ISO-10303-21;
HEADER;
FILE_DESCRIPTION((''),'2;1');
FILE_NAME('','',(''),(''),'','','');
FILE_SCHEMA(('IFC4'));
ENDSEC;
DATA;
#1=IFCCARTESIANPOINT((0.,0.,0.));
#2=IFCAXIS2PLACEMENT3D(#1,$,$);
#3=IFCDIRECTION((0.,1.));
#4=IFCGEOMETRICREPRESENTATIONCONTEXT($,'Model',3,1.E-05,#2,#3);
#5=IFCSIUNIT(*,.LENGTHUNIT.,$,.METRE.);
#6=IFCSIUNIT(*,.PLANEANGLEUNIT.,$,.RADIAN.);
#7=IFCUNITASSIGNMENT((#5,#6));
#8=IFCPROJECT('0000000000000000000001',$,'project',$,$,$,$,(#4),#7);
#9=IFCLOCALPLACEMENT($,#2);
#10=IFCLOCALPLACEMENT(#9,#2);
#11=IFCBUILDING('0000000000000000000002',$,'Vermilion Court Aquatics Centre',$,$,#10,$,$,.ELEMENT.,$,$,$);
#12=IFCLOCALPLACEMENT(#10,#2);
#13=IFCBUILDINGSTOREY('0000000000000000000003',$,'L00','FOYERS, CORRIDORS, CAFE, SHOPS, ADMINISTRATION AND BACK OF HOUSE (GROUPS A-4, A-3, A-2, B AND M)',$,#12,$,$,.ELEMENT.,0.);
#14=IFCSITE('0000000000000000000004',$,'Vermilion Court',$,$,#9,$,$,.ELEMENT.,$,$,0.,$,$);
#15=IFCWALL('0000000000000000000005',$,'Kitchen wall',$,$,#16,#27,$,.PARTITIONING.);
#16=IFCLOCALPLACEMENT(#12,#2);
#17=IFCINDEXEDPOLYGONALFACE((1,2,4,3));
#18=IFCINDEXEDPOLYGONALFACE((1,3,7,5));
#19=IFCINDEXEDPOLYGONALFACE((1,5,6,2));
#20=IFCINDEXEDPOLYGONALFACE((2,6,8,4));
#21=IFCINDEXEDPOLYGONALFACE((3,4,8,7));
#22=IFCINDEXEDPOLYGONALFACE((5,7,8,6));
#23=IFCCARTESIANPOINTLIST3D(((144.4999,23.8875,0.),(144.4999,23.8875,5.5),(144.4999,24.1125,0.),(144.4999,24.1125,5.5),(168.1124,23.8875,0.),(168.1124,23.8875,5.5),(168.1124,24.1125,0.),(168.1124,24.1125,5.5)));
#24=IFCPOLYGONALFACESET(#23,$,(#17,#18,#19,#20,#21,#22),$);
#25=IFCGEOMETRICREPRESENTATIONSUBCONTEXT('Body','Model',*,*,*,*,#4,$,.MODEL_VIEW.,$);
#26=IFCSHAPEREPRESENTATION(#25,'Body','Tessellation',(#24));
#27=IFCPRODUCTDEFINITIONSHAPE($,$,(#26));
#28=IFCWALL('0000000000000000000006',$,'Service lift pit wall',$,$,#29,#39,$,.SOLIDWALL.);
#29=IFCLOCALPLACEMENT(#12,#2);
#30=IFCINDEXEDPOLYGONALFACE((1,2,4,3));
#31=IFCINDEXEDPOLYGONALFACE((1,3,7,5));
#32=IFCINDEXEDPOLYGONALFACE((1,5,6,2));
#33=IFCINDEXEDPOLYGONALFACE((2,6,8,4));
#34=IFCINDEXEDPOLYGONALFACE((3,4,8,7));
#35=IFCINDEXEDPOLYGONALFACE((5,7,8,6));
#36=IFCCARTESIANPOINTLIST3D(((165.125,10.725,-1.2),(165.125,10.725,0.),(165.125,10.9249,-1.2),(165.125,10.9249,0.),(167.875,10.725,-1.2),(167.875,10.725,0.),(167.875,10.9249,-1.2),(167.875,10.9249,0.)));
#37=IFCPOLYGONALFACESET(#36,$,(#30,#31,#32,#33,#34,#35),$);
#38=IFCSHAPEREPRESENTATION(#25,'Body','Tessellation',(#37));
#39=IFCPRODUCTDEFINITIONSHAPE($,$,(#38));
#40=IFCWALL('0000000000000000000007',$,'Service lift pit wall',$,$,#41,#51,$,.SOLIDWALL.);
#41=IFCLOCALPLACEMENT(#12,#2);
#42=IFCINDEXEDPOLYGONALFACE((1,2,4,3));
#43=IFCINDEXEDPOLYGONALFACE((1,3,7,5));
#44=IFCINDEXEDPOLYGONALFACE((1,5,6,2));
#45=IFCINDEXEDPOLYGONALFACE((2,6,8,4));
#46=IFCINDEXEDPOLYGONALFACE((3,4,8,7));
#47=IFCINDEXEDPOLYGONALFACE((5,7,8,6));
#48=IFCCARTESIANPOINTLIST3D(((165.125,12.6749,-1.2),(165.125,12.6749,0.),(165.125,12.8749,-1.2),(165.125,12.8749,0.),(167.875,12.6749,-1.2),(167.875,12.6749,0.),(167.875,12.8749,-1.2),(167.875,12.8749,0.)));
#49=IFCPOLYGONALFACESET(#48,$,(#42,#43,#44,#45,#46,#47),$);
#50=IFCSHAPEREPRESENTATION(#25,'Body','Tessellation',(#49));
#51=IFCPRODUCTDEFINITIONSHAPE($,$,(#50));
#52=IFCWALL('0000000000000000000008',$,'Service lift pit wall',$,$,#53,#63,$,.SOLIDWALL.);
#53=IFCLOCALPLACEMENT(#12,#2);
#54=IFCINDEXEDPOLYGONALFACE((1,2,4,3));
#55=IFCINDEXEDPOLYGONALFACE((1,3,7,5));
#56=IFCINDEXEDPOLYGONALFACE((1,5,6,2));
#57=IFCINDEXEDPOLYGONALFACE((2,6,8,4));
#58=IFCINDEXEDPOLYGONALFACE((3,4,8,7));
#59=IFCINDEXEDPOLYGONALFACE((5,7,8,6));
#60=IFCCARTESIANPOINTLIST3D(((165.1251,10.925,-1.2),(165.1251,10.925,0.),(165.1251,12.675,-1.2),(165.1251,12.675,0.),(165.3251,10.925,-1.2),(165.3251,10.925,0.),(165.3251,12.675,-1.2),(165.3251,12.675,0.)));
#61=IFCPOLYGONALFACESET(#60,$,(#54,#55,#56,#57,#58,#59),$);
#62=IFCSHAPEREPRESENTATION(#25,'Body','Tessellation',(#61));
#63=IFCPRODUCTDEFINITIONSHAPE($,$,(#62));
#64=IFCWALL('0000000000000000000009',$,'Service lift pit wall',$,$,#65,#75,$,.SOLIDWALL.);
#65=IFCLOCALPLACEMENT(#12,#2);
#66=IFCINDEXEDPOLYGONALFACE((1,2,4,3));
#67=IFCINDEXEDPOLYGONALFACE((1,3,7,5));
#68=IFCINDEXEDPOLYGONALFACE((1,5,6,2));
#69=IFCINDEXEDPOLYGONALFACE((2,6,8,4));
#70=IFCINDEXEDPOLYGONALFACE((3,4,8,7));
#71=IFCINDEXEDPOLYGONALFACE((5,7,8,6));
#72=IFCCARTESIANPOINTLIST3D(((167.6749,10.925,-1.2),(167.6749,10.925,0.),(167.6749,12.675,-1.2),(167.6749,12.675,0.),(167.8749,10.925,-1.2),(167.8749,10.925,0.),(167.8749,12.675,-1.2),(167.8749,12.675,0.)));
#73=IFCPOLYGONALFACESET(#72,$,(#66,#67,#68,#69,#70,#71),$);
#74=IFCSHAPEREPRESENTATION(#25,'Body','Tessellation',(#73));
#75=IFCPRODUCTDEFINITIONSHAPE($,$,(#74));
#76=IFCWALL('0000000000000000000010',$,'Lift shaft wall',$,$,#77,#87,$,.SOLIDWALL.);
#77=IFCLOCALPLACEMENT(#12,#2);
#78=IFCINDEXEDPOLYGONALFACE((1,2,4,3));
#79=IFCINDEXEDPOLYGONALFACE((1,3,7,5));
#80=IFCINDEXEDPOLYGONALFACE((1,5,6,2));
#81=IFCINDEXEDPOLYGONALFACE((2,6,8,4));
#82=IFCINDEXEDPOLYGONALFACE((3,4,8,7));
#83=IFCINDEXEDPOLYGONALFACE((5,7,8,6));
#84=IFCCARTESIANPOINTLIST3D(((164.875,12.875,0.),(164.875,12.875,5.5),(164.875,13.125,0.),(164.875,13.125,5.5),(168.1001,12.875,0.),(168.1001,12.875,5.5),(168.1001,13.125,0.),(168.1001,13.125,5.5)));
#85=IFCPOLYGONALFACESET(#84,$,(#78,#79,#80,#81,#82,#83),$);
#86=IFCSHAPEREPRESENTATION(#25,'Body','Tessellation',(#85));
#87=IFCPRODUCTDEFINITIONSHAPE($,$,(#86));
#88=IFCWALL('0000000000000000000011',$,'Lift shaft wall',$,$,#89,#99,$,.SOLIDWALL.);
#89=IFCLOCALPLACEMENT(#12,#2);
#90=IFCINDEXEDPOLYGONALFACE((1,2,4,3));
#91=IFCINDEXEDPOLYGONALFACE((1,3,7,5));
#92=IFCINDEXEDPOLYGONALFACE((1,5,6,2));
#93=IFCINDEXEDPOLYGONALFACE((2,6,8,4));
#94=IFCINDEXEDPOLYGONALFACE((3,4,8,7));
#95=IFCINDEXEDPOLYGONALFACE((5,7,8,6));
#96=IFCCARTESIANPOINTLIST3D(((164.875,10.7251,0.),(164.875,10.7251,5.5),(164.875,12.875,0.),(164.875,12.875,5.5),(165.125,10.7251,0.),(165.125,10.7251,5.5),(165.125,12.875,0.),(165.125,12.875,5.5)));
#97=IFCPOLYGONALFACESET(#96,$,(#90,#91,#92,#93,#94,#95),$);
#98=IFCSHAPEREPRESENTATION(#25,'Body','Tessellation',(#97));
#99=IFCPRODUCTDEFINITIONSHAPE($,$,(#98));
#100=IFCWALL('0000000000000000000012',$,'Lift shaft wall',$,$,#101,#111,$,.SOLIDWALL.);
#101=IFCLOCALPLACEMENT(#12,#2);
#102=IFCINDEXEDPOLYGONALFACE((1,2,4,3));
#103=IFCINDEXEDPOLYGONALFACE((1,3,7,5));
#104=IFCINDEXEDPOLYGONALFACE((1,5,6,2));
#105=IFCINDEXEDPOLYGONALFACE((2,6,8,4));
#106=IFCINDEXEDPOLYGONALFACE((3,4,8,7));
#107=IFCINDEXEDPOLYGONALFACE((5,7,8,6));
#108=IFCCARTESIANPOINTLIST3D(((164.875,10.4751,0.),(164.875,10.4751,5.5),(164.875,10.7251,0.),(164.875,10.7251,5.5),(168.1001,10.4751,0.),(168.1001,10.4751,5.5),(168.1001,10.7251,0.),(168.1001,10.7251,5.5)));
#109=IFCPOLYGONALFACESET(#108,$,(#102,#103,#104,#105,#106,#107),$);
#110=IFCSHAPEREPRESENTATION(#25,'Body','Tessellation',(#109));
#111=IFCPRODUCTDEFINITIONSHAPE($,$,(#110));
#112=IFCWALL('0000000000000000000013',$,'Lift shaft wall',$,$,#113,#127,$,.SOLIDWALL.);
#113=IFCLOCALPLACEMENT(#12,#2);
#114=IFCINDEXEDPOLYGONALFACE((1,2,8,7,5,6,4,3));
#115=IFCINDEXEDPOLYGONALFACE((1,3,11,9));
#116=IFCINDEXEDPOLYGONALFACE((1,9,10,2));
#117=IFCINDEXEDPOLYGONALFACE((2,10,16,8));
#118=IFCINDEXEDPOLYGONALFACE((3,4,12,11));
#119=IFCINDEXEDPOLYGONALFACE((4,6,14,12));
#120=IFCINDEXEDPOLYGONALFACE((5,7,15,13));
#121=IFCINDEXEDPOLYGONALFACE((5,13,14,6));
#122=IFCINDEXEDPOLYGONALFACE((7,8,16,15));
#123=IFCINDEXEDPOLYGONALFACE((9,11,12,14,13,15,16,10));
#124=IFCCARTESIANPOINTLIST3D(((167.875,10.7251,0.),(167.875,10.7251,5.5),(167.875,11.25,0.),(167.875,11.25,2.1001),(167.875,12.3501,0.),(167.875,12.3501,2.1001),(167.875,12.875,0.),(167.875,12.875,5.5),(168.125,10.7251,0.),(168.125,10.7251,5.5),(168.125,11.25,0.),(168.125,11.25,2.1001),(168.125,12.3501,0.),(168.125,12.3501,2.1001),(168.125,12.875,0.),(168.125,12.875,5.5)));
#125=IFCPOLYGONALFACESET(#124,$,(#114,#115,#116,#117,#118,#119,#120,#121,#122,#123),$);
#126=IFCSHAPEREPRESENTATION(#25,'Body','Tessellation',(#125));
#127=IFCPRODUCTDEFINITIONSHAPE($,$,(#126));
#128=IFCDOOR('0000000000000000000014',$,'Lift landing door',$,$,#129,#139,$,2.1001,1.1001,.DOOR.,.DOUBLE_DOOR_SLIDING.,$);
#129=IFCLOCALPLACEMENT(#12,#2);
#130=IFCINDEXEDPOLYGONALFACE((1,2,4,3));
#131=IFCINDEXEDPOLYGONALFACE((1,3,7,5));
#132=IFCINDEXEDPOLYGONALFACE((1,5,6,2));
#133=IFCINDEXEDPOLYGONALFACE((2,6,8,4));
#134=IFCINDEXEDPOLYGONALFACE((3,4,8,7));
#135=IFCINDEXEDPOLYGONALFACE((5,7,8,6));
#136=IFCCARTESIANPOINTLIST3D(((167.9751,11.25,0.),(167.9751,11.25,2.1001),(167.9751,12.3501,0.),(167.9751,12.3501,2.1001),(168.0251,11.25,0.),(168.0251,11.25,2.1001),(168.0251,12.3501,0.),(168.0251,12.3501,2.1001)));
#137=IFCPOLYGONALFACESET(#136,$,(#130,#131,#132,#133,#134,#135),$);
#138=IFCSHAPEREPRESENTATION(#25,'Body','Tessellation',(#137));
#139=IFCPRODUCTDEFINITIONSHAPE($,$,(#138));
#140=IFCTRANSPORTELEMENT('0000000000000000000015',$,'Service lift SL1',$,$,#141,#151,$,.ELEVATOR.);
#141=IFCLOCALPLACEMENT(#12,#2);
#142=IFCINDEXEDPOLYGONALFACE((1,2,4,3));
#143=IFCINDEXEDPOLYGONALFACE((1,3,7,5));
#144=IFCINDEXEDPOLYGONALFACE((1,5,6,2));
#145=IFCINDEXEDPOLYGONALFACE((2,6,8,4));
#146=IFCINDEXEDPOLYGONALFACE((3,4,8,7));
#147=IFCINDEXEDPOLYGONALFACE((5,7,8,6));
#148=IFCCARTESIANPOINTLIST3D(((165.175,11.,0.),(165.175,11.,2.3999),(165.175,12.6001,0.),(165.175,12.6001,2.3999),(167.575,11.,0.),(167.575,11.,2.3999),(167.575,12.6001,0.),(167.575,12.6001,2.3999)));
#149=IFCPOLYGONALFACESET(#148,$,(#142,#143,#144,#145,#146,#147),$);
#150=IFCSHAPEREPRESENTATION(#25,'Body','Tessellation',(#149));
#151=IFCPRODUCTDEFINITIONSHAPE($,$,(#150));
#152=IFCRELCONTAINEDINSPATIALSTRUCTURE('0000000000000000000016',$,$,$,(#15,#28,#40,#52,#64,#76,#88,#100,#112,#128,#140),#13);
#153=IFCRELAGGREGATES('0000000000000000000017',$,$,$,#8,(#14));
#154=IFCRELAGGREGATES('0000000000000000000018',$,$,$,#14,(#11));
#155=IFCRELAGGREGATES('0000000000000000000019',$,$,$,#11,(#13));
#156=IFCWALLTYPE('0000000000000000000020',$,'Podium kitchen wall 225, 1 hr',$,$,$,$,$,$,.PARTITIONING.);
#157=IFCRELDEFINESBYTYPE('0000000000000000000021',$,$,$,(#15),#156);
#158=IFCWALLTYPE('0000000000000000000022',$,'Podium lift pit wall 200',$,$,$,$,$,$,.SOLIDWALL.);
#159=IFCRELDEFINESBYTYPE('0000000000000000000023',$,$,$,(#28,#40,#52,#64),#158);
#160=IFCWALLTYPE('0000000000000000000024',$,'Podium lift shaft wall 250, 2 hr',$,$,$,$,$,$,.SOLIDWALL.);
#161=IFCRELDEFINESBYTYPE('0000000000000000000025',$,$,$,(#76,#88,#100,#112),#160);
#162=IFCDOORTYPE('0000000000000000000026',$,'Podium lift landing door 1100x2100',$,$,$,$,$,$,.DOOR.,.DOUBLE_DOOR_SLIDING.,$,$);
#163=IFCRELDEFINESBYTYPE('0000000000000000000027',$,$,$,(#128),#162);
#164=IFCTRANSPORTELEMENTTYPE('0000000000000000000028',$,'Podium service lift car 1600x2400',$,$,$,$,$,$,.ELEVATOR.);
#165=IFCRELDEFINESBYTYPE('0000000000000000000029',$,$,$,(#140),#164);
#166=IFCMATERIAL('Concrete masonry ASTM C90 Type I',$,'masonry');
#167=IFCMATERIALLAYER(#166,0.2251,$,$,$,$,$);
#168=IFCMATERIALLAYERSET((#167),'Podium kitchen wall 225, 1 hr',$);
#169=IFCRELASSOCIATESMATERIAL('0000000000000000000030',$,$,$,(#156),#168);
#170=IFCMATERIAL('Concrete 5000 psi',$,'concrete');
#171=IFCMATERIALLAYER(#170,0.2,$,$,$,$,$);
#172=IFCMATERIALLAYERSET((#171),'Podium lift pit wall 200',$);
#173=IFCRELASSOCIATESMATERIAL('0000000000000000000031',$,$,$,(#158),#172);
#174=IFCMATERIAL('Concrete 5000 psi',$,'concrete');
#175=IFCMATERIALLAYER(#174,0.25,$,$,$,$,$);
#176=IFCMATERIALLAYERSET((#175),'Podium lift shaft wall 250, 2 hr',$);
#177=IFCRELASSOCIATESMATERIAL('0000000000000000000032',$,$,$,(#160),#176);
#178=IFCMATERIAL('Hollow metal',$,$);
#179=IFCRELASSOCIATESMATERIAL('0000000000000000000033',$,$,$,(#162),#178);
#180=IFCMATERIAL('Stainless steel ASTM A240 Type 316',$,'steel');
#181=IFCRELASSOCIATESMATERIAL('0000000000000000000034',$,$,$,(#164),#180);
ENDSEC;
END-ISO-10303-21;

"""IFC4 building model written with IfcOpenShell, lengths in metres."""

from ifc_helpers import new_model, si_unit, direction, frame, frame_2d, origin, origin_2d, place, context, subcontext, project, spatial, rectangle, extrude, material, layer, layer_set, type_object, element, fill, save


model = new_model("IFC4")

# Units and contexts
model_context = context("Model", 3, precision=1e-05, world=origin(), true_north=direction((0.0, 1.0)))
body_context = subcontext(model_context, "Body", "Model", "MODEL_VIEW")
ifc_project = project(units=[si_unit("LENGTHUNIT", "METRE"), si_unit("PLANEANGLEUNIT", "RADIAN")], contexts=[model_context])

# Site, building, storey
site_placement = place(None, origin())
site = spatial("IfcSite", under=ifc_project, at=site_placement, Name="Vermilion Court", CompositionType="ELEMENT", RefElevation=0.0)
building_placement = place(site_placement, origin())
building = spatial("IfcBuilding", under=site, at=building_placement, Name="Vermilion Court Aquatics Centre", CompositionType="ELEMENT")
storey_placement = place(building_placement, origin())
storey = spatial("IfcBuildingStorey", under=building, at=storey_placement, Name="L00", Description="FOYERS, CORRIDORS, CAFE, SHOPS, ADMINISTRATION AND BACK OF HOUSE (GROUPS A-4, A-3, A-2, B AND M)", CompositionType="ELEMENT", Elevation=0.0)

# Walls
ifc_material_1 = material(Name="Concrete masonry ASTM C90 Type I", Category="masonry")
ifc_layer_1 = layer(ifc_material_1, 0.2251)
ifc_layer_set_1 = layer_set([ifc_layer_1], Name="Podium kitchen wall 225, 1 hr")
wall_type_1 = type_object("IfcWallType", Name="Podium kitchen wall 225, 1 hr", PredefinedType="PARTITIONING", material=ifc_layer_set_1)
wall_1_placement = place(storey_placement, frame((144.5, 24.0, 0.0), z_axis=(0.0, 0.0, 1.0), x_axis=(1.0, 0.0, 0.0)))
element("IfcWall", 1, at=wall_1_placement, inside=storey, type_object=wall_type_1, Name="Kitchen wall", PredefinedType="PARTITIONING", context=body_context, shape_type="SweptSolid", body=[
    extrude(rectangle(XDim=23.6125, YDim=0.2251, at=frame_2d((11.8062, 0.0))), origin(), (0.0, 0.0, 1.0), 5.5),
])
ifc_material_2 = material(Name="Concrete 5000 psi", Category="concrete")
ifc_layer_2 = layer(ifc_material_2, 0.2)
ifc_layer_set_2 = layer_set([ifc_layer_2], Name="Podium lift pit wall 200")
wall_type_2 = type_object("IfcWallType", Name="Podium lift pit wall 200", PredefinedType="SOLIDWALL", material=ifc_layer_set_2)
for number, where, z_axis, x_axis, name in (
    (2, (165.125, 10.825, -1.2), (0.0, 0.0, 1.0), (1.0, 0.0, 0.0), "Service lift pit wall"),
    (3, (165.125, 12.7749, -1.2), (0.0, 0.0, 1.0), (1.0, 0.0, 0.0), "Service lift pit wall"),
):
    element("IfcWall", number, at=place(storey_placement, frame(where, z_axis=z_axis, x_axis=x_axis)), inside=storey, type_object=wall_type_2, Name=name, PredefinedType="SOLIDWALL", context=body_context, shape_type="SweptSolid", body=[
        extrude(rectangle(XDim=2.75, YDim=0.2, at=frame_2d((1.375, 0.0))), origin(), (0.0, 0.0, 1.0), 1.2),
    ])
for number, where, z_axis, x_axis, name in (
    (4, (165.2251, 10.925, -1.2), (0.0, 0.0, 1.0), (0.0, 1.0, 0.0), "Service lift pit wall"),
    (5, (167.7749, 10.925, -1.2), (0.0, 0.0, 1.0), (0.0, 1.0, 0.0), "Service lift pit wall"),
):
    element("IfcWall", number, at=place(storey_placement, frame(where, z_axis=z_axis, x_axis=x_axis)), inside=storey, type_object=wall_type_2, Name=name, PredefinedType="SOLIDWALL", context=body_context, shape_type="SweptSolid", body=[
        extrude(rectangle(XDim=1.75, YDim=0.2, at=frame_2d((0.875, 0.0))), origin(), (0.0, 0.0, 1.0), 1.2),
    ])
ifc_material_3 = material(Name="Concrete 5000 psi", Category="concrete")
ifc_layer_3 = layer(ifc_material_3, 0.25)
ifc_layer_set_3 = layer_set([ifc_layer_3], Name="Podium lift shaft wall 250, 2 hr")
wall_type_3 = type_object("IfcWallType", Name="Podium lift shaft wall 250, 2 hr", PredefinedType="SOLIDWALL", material=ifc_layer_set_3)
wall_2_placement = place(storey_placement, frame((164.875, 13.0, 0.0), z_axis=(0.0, 0.0, 1.0), x_axis=(1.0, 0.0, 0.0)))
element("IfcWall", 6, at=wall_2_placement, inside=storey, type_object=wall_type_3, Name="Lift shaft wall", PredefinedType="SOLIDWALL", context=body_context, shape_type="SweptSolid", body=[
    extrude(rectangle(XDim=3.2251, YDim=0.25, at=frame_2d((1.6125, 0.0))), origin(), (0.0, 0.0, 1.0), 5.5),
])
wall_3_placement = place(storey_placement, frame((165.0, 10.7251, 0.0), z_axis=(0.0, 0.0, 1.0), x_axis=(0.0, 1.0, 0.0)))
element("IfcWall", 7, at=wall_3_placement, inside=storey, type_object=wall_type_3, Name="Lift shaft wall", PredefinedType="SOLIDWALL", context=body_context, shape_type="SweptSolid", body=[
    extrude(rectangle(XDim=2.1499, YDim=0.25, at=frame_2d((1.075, 0.0))), origin(), (0.0, 0.0, 1.0), 5.5),
])
wall_4_placement = place(storey_placement, frame((164.875, 10.6001, 0.0), z_axis=(0.0, 0.0, 1.0), x_axis=(1.0, 0.0, 0.0)))
element("IfcWall", 8, at=wall_4_placement, inside=storey, type_object=wall_type_3, Name="Lift shaft wall", PredefinedType="SOLIDWALL", context=body_context, shape_type="SweptSolid", body=[
    extrude(rectangle(XDim=3.2251, YDim=0.25, at=frame_2d((1.6125, 0.0))), origin(), (0.0, 0.0, 1.0), 5.5),
])

# Wall, opening, door
wall_5_placement = place(storey_placement, frame((168.0, 10.7251, 0.0), z_axis=(0.0, 0.0, 1.0), x_axis=(0.0, 1.0, 0.0)))
wall_5 = element("IfcWall", 9, at=wall_5_placement, inside=storey, type_object=wall_type_3, Name="Lift shaft wall", PredefinedType="SOLIDWALL", context=body_context, shape_type="SweptSolid", body=[
    extrude(rectangle(XDim=2.1499, YDim=0.25, at=frame_2d((1.075, 0.0))), origin(), (0.0, 0.0, 1.0), 5.5),
])
opening_1_placement = place(wall_5_placement, frame((0.5249, 0.0, 0.0)))
opening_1 = element("IfcOpeningElement", 10, at=opening_1_placement, cuts=wall_5, PredefinedType="OPENING", context=body_context, shape_type="SweptSolid", body=[
    extrude(rectangle(XDim=1.1001, YDim=2.1001, at=frame_2d((0.55, 1.05))), frame((0.0, 0.135, 0.0), z_axis=(0.0, -1.0, 0.0), x_axis=(1.0, 0.0, 0.0)), (0.0, 0.0, 1.0), 0.27),
])
ifc_material_4 = material(Name="Hollow metal")
door_type_1 = type_object("IfcDoorType", Name="Podium lift landing door 1100x2100", OperationType="DOUBLE_DOOR_SLIDING", PredefinedType="DOOR", material=ifc_material_4)
door_1_placement = place(opening_1_placement, origin())
door_1 = element("IfcDoor", 11, at=door_1_placement, inside=storey, type_object=door_type_1, Name="Lift landing door", OperationType="DOUBLE_DOOR_SLIDING", OverallHeight=2.1001, OverallWidth=1.1001, PredefinedType="DOOR", context=body_context, shape_type="SweptSolid", body=[
    extrude(rectangle(XDim=1.1001, YDim=2.1001, at=frame_2d((0.55, 1.05))), frame((0.0, 0.0249, 0.0), z_axis=(0.0, -1.0, 0.0), x_axis=(1.0, 0.0, 0.0)), (0.0, 0.0, 1.0), 0.05),
])
fill(opening_1, door_1)

# Transport element
ifc_material_5 = material(Name="Stainless steel ASTM A240 Type 316", Category="steel")
transport_element_type = type_object("IfcTransportElementType", Name="Podium service lift car 1600x2400", PredefinedType="ELEVATOR", material=ifc_material_5)
transport_element_placement = place(storey_placement, frame((166.375, 11.8, 0.0), z_axis=(0.0, 0.0, 1.0), x_axis=(1.0, 0.0, 0.0)))
element("IfcTransportElement", 12, at=transport_element_placement, inside=storey, type_object=transport_element_type, Name="Service lift SL1", PredefinedType="ELEVATOR", context=body_context, shape_type="SweptSolid", body=[
    extrude(rectangle(XDim=2.3999, YDim=1.6001, at=origin_2d()), origin(), (0.0, 0.0, 1.0), 2.3999),
])

save(model, "model.ifc")
